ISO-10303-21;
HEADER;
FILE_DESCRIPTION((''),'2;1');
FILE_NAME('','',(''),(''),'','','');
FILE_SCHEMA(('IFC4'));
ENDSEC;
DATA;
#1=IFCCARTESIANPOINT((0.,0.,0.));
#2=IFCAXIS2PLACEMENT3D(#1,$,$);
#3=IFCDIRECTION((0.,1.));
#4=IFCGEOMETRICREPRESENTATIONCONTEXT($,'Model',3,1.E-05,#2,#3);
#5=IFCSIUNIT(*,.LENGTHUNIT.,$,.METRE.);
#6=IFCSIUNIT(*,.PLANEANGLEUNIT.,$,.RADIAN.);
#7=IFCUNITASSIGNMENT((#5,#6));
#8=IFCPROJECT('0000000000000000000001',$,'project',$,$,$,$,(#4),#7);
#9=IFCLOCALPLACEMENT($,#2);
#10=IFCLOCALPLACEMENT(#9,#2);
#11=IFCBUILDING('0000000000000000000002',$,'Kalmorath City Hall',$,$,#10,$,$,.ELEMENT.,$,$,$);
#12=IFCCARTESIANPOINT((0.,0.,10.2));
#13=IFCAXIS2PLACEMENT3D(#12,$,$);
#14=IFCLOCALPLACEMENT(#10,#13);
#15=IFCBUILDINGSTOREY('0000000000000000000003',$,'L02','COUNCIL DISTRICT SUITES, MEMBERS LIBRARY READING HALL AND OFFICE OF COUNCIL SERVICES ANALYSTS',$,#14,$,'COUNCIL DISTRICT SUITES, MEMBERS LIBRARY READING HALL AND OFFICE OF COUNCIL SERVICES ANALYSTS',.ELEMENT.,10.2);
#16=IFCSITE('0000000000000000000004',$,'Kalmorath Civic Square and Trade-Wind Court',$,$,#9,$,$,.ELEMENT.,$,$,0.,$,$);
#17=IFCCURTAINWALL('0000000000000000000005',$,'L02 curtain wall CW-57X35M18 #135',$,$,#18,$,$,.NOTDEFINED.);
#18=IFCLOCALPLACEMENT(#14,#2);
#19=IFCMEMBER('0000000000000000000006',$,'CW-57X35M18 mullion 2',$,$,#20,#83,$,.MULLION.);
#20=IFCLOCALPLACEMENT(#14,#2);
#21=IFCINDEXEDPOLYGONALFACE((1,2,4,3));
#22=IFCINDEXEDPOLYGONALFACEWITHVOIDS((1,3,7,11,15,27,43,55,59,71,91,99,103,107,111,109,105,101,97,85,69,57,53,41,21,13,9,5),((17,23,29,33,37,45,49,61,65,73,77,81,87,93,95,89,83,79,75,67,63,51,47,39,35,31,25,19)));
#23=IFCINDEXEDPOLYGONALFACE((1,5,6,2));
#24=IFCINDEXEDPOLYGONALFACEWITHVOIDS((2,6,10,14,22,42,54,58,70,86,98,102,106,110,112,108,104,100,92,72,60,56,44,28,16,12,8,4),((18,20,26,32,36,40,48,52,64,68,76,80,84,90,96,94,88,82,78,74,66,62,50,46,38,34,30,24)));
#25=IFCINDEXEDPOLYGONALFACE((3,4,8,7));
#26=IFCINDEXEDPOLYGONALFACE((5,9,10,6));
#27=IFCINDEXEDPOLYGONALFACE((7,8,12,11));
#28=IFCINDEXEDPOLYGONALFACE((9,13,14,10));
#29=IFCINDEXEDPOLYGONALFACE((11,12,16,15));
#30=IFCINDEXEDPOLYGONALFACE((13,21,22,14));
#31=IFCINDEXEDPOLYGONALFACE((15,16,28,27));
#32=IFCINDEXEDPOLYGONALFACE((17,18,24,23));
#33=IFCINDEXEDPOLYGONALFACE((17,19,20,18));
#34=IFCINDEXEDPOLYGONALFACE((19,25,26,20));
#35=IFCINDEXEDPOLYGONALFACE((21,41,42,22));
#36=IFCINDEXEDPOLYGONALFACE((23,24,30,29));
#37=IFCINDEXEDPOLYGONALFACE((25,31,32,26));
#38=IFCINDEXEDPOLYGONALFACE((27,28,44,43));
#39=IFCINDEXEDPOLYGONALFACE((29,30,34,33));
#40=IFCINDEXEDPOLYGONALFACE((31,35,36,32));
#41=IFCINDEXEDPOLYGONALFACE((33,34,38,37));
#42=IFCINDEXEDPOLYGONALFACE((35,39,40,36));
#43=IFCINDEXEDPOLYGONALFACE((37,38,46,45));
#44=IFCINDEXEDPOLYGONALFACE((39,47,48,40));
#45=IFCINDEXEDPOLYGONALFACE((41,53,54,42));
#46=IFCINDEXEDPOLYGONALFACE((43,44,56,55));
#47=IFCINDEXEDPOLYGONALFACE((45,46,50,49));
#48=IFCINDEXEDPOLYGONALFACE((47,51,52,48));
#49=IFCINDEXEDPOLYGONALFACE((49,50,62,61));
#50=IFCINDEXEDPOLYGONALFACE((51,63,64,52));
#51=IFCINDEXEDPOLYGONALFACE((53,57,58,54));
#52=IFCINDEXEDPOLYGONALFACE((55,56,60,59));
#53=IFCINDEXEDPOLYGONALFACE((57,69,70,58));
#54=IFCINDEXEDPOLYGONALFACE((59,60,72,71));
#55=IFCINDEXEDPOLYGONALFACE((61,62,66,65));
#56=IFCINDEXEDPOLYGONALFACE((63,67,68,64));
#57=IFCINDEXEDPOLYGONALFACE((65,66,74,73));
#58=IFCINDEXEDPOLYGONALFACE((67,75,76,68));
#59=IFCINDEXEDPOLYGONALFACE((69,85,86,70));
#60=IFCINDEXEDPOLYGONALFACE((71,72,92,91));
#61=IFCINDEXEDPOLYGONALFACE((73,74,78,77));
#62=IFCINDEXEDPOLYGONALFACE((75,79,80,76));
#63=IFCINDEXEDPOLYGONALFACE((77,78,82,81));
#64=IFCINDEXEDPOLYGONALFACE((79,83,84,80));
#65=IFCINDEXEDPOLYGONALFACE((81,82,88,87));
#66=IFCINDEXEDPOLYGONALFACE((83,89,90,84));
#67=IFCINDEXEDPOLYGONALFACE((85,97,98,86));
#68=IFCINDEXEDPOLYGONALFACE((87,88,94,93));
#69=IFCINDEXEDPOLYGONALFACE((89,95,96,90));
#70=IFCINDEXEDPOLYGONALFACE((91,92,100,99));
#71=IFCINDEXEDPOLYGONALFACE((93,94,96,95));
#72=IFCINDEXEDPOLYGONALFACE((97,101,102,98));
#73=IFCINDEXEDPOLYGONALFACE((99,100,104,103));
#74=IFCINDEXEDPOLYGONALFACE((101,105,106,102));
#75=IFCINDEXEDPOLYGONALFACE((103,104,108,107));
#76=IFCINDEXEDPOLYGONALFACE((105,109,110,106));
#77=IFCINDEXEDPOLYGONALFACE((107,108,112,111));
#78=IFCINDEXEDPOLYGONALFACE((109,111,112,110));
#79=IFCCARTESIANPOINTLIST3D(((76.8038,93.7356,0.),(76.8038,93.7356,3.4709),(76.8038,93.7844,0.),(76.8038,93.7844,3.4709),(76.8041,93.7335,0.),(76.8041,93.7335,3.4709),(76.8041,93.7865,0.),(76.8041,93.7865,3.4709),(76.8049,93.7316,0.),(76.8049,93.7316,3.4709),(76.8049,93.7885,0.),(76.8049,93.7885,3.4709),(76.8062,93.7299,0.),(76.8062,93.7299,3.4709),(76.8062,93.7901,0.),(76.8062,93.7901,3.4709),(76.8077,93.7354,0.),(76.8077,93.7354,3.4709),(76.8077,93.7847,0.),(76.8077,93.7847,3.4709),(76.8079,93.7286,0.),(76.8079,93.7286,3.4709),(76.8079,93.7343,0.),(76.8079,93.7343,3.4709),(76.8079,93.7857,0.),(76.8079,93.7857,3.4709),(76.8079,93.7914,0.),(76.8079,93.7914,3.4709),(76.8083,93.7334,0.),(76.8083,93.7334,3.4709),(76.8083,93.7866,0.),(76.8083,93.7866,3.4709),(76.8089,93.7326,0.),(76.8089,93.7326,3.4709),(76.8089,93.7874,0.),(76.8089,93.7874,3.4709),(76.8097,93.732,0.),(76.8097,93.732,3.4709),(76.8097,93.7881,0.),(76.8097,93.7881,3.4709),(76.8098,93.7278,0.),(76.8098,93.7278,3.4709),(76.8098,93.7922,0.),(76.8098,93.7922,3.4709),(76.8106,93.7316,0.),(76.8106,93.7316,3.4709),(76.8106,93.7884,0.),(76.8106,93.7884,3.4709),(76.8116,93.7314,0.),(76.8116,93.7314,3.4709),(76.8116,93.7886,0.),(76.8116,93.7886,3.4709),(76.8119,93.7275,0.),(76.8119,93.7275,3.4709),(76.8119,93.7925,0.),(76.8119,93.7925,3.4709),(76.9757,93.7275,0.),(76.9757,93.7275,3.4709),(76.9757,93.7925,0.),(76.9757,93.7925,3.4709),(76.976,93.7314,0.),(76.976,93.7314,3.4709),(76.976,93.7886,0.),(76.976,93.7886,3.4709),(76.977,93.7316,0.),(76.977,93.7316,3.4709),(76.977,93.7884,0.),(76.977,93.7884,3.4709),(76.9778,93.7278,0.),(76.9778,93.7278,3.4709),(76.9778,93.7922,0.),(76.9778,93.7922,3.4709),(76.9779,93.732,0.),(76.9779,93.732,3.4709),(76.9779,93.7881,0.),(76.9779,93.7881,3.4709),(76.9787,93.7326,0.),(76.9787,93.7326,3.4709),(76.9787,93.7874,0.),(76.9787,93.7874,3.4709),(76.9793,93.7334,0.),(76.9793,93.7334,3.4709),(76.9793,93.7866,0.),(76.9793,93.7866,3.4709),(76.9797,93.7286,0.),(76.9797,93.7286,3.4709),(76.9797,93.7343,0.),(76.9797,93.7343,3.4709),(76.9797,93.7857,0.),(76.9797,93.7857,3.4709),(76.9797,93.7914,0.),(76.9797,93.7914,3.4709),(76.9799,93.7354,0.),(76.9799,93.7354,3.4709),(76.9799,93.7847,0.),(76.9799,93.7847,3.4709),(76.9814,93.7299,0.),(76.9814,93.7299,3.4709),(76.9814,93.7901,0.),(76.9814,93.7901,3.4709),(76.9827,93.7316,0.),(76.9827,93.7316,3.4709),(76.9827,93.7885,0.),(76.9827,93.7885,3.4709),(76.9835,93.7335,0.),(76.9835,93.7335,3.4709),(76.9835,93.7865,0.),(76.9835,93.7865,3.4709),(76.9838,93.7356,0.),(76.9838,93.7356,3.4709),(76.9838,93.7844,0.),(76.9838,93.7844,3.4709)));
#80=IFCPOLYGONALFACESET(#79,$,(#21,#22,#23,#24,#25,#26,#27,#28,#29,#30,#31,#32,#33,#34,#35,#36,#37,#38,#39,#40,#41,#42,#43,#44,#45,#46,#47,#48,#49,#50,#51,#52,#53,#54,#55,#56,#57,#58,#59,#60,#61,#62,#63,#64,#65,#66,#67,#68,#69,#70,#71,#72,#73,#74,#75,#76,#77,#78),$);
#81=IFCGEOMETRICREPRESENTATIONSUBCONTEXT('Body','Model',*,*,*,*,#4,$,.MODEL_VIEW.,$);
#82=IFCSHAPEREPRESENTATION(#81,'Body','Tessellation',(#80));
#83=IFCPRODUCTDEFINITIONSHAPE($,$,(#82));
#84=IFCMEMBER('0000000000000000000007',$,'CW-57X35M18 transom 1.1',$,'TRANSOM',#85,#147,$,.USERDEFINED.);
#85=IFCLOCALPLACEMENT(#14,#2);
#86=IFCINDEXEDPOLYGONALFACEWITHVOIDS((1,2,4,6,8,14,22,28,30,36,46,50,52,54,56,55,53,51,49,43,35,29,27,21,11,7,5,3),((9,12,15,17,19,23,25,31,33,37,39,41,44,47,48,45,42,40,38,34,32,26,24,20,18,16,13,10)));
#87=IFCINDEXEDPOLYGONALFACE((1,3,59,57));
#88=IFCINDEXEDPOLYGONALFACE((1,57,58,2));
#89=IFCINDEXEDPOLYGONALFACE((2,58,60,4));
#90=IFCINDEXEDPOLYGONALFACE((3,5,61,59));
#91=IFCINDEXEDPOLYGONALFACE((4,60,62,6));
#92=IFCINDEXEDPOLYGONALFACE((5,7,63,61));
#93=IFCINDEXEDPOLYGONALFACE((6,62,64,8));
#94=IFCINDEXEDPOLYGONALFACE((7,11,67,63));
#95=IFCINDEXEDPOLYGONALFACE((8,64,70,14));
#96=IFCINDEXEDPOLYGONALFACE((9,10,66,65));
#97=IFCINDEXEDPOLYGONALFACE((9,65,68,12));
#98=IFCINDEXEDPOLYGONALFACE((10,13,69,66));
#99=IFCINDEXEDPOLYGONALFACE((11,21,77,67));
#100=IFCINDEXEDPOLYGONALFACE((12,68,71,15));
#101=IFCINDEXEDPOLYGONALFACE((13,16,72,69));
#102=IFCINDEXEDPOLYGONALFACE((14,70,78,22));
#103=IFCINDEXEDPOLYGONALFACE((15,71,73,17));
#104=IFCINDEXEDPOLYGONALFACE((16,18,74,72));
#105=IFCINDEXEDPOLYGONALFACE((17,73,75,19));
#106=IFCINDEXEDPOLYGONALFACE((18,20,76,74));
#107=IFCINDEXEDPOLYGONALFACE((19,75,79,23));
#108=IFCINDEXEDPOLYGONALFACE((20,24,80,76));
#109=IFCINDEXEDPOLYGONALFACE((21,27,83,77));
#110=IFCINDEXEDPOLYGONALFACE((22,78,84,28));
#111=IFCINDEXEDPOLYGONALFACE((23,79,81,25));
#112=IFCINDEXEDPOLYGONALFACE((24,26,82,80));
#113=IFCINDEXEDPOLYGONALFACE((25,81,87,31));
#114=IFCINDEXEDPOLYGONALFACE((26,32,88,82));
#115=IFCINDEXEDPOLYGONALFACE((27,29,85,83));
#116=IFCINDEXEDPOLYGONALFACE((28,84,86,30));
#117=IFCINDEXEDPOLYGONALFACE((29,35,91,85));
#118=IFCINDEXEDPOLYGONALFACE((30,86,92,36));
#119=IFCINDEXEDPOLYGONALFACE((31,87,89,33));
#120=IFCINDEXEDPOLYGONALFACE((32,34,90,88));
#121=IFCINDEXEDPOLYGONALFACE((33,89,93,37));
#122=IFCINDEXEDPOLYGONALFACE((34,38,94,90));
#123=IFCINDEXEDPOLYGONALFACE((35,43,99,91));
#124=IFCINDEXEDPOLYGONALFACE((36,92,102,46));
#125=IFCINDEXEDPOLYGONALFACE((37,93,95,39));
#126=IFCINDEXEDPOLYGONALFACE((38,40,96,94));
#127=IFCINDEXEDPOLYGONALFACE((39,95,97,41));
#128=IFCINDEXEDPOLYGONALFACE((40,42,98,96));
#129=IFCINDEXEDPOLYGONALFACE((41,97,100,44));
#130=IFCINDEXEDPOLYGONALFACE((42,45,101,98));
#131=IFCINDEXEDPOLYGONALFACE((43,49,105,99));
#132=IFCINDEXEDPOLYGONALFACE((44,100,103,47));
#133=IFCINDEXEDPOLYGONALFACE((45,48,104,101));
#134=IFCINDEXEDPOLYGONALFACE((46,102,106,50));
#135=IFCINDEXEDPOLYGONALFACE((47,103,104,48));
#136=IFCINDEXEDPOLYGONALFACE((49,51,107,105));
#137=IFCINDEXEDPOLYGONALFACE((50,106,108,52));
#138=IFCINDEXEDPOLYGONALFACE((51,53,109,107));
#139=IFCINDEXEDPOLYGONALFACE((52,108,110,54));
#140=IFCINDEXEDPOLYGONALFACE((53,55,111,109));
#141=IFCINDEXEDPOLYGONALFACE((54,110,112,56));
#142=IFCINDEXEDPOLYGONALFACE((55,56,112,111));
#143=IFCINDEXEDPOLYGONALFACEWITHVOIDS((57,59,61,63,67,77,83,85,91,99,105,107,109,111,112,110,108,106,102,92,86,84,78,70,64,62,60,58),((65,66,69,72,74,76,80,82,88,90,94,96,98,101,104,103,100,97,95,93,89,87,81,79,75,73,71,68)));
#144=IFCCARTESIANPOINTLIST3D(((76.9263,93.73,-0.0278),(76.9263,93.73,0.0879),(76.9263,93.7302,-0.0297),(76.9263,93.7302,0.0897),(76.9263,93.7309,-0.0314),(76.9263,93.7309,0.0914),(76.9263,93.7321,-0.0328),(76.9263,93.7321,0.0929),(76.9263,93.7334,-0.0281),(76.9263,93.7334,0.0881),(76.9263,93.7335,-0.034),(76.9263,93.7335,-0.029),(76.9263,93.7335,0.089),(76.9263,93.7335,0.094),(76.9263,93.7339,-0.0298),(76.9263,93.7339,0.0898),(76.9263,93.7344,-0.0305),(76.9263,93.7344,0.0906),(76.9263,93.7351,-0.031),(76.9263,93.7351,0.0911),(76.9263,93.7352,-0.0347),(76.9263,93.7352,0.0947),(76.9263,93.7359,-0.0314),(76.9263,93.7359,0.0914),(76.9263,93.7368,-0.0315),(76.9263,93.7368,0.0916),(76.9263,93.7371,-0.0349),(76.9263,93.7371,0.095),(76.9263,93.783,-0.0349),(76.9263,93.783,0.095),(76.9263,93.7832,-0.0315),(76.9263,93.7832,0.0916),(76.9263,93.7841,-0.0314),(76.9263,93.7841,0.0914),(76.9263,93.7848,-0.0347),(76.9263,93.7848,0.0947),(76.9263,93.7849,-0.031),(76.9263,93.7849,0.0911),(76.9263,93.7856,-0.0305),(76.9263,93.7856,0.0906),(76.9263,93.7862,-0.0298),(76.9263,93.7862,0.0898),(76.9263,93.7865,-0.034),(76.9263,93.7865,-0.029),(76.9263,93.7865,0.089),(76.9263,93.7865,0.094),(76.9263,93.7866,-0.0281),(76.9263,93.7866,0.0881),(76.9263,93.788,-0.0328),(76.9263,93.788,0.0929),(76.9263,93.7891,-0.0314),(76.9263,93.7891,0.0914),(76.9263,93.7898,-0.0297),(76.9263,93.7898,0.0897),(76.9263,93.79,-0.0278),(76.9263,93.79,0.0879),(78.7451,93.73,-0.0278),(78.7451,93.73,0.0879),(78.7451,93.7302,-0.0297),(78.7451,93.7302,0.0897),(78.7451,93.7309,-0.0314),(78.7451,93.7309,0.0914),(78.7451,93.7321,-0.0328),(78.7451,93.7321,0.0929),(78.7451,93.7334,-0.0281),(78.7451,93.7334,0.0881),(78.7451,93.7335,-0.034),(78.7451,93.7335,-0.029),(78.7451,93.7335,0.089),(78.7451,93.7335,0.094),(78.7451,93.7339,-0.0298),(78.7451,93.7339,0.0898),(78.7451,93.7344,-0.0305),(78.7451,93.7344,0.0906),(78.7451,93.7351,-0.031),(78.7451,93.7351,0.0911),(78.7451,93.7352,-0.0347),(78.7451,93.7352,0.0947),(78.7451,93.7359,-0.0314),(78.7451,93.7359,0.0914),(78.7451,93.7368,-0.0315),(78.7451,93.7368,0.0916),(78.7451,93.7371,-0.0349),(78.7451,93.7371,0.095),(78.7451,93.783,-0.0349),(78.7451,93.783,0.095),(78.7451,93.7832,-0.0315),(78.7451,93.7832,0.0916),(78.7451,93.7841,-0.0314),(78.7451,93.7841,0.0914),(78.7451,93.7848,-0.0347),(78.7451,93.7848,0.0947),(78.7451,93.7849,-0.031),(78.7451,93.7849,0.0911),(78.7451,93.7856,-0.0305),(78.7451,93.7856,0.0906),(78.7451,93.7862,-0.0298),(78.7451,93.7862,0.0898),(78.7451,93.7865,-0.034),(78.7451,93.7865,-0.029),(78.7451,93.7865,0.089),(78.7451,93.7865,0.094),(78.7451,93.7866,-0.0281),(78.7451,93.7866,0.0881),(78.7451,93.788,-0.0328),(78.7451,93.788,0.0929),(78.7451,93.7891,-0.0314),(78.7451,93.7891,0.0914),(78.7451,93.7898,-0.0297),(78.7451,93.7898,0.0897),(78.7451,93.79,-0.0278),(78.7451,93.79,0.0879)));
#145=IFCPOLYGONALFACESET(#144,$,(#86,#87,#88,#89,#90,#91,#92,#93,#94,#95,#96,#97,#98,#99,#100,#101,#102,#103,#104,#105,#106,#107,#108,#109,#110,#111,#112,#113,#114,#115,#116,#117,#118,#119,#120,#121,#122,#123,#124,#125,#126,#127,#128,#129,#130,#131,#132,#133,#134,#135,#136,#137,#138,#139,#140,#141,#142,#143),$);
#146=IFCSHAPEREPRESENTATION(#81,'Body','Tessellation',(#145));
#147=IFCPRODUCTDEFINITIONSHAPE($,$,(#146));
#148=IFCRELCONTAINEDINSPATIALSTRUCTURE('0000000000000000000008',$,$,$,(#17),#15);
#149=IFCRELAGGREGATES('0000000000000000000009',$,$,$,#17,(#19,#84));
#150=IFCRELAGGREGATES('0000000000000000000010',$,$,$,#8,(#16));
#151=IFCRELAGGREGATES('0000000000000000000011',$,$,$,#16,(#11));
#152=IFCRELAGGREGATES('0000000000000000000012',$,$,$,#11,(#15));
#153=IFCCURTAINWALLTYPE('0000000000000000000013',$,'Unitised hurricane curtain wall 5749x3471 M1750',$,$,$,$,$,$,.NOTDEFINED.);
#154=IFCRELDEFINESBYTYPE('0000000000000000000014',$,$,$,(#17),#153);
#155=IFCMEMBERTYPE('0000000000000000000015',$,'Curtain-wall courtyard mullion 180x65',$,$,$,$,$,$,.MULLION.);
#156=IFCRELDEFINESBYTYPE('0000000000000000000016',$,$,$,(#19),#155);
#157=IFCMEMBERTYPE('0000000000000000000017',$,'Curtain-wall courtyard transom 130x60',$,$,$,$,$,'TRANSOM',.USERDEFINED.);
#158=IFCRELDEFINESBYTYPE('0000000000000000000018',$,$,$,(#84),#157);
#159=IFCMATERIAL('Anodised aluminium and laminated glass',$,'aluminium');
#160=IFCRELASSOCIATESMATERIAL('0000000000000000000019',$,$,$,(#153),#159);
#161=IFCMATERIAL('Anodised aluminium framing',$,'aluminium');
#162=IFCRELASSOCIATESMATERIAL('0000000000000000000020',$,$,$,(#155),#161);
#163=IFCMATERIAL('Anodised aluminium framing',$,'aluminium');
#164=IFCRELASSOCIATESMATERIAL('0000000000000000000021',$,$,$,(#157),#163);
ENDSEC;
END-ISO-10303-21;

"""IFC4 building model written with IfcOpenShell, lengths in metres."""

from ifc_helpers import new_model, si_unit, direction, frame, origin, origin_2d, place, context, subcontext, project, spatial, hollow_rectangle, extrude, material, material_profile, profile_set, type_object, element, aggregate, save


model = new_model("IFC4")

# Units and contexts
model_context = context("Model", 3, precision=1e-05, world=origin(), true_north=direction((0.0, 1.0)))
body_context = subcontext(model_context, "Body", "Model", "MODEL_VIEW")
ifc_project = project(units=[si_unit("LENGTHUNIT", "METRE"), si_unit("PLANEANGLEUNIT", "RADIAN")], contexts=[model_context])

# Site, building, storey
site_placement = place(None, origin())
site = spatial("IfcSite", under=ifc_project, at=site_placement, Name="Kalmorath Civic Square and Trade-Wind Court", CompositionType="ELEMENT", RefElevation=0.0)
building_placement = place(site_placement, origin())
building = spatial("IfcBuilding", under=site, at=building_placement, Name="Kalmorath City Hall", CompositionType="ELEMENT")
storey_placement = place(building_placement, frame((0.0, 0.0, 10.2)))
storey = spatial("IfcBuildingStorey", under=building, at=storey_placement, Name="L02", Description="COUNCIL DISTRICT SUITES, MEMBERS LIBRARY READING HALL AND OFFICE OF COUNCIL SERVICES ANALYSTS", LongName="COUNCIL DISTRICT SUITES, MEMBERS LIBRARY READING HALL AND OFFICE OF COUNCIL SERVICES ANALYSTS", CompositionType="ELEMENT", Elevation=10.2)

# Curtain wall, members
ifc_material_1 = material(Name="Anodised aluminium and laminated glass", Category="aluminium")
curtain_wall_type = type_object("IfcCurtainWallType", Name="Unitised hurricane curtain wall 5749x3471 M1750", PredefinedType="NOTDEFINED", material=ifc_material_1)
curtain_wall_placement = place(storey_placement, origin())
curtain_wall = element("IfcCurtainWall", 1, at=curtain_wall_placement, inside=storey, type_object=curtain_wall_type, Name="L02 curtain wall CW-57X35M18 #135", PredefinedType="NOTDEFINED")
ifc_material_2 = material(Name="Anodised aluminium framing", Category="aluminium")
ifc_material_profile_1 = material_profile(ifc_material_2, hollow_rectangle(XDim=0.0649, YDim=0.1799, WallThickness=0.0039, InnerFilletRadius=0.0039, OuterFilletRadius=0.0081, at=origin_2d()), Name="ALU-MUL-180X65X4")
ifc_profile_set_1 = profile_set([ifc_material_profile_1], Name="Anodised aluminium framing")
member_type_1 = type_object("IfcMemberType", Name="Curtain-wall courtyard mullion 180x65", PredefinedType="MULLION", material=ifc_profile_set_1)
member_1_placement = place(storey_placement, frame((76.8938, 93.76, 0.0), z_axis=(0.0, 0.0, 1.0), x_axis=(0.0, -1.0, 0.0)))
member_1 = element("IfcMember", 2, at=member_1_placement, type_object=member_type_1, Name="CW-57X35M18 mullion 2", PredefinedType="MULLION", context=body_context, shape_type="SweptSolid", body=[
    extrude(hollow_rectangle(XDim=0.0649, YDim=0.1799, WallThickness=0.0039, InnerFilletRadius=0.0039, OuterFilletRadius=0.0081, at=origin_2d()), origin(), (0.0, 0.0, 1.0), 3.4709),
])
ifc_material_3 = material(Name="Anodised aluminium framing", Category="aluminium")
ifc_material_profile_2 = material_profile(ifc_material_3, hollow_rectangle(XDim=0.0601, YDim=0.1299, WallThickness=0.0034, InnerFilletRadius=0.0034, OuterFilletRadius=0.0071, at=origin_2d()), Name="ALU-TRN-130X60X3.5")
ifc_profile_set_2 = profile_set([ifc_material_profile_2], Name="Anodised aluminium framing")
member_type_2 = type_object("IfcMemberType", Name="Curtain-wall courtyard transom 130x60", ElementType="TRANSOM", PredefinedType="USERDEFINED", material=ifc_profile_set_2)
member_2_placement = place(storey_placement, frame((78.7451, 93.76, 0.03), z_axis=(-1.0, 0.0, 0.0), x_axis=(0.0, -1.0, 0.0)))
member_2 = element("IfcMember", 3, at=member_2_placement, type_object=member_type_2, Name="CW-57X35M18 transom 1.1", ObjectType="TRANSOM", PredefinedType="USERDEFINED", context=body_context, shape_type="SweptSolid", body=[
    extrude(hollow_rectangle(XDim=0.0601, YDim=0.1299, WallThickness=0.0034, InnerFilletRadius=0.0034, OuterFilletRadius=0.0071, at=origin_2d()), origin(), (0.0, 0.0, 1.0), 1.8188),
])

aggregate(curtain_wall, [member_1, member_2])

save(model, "model.ifc")
